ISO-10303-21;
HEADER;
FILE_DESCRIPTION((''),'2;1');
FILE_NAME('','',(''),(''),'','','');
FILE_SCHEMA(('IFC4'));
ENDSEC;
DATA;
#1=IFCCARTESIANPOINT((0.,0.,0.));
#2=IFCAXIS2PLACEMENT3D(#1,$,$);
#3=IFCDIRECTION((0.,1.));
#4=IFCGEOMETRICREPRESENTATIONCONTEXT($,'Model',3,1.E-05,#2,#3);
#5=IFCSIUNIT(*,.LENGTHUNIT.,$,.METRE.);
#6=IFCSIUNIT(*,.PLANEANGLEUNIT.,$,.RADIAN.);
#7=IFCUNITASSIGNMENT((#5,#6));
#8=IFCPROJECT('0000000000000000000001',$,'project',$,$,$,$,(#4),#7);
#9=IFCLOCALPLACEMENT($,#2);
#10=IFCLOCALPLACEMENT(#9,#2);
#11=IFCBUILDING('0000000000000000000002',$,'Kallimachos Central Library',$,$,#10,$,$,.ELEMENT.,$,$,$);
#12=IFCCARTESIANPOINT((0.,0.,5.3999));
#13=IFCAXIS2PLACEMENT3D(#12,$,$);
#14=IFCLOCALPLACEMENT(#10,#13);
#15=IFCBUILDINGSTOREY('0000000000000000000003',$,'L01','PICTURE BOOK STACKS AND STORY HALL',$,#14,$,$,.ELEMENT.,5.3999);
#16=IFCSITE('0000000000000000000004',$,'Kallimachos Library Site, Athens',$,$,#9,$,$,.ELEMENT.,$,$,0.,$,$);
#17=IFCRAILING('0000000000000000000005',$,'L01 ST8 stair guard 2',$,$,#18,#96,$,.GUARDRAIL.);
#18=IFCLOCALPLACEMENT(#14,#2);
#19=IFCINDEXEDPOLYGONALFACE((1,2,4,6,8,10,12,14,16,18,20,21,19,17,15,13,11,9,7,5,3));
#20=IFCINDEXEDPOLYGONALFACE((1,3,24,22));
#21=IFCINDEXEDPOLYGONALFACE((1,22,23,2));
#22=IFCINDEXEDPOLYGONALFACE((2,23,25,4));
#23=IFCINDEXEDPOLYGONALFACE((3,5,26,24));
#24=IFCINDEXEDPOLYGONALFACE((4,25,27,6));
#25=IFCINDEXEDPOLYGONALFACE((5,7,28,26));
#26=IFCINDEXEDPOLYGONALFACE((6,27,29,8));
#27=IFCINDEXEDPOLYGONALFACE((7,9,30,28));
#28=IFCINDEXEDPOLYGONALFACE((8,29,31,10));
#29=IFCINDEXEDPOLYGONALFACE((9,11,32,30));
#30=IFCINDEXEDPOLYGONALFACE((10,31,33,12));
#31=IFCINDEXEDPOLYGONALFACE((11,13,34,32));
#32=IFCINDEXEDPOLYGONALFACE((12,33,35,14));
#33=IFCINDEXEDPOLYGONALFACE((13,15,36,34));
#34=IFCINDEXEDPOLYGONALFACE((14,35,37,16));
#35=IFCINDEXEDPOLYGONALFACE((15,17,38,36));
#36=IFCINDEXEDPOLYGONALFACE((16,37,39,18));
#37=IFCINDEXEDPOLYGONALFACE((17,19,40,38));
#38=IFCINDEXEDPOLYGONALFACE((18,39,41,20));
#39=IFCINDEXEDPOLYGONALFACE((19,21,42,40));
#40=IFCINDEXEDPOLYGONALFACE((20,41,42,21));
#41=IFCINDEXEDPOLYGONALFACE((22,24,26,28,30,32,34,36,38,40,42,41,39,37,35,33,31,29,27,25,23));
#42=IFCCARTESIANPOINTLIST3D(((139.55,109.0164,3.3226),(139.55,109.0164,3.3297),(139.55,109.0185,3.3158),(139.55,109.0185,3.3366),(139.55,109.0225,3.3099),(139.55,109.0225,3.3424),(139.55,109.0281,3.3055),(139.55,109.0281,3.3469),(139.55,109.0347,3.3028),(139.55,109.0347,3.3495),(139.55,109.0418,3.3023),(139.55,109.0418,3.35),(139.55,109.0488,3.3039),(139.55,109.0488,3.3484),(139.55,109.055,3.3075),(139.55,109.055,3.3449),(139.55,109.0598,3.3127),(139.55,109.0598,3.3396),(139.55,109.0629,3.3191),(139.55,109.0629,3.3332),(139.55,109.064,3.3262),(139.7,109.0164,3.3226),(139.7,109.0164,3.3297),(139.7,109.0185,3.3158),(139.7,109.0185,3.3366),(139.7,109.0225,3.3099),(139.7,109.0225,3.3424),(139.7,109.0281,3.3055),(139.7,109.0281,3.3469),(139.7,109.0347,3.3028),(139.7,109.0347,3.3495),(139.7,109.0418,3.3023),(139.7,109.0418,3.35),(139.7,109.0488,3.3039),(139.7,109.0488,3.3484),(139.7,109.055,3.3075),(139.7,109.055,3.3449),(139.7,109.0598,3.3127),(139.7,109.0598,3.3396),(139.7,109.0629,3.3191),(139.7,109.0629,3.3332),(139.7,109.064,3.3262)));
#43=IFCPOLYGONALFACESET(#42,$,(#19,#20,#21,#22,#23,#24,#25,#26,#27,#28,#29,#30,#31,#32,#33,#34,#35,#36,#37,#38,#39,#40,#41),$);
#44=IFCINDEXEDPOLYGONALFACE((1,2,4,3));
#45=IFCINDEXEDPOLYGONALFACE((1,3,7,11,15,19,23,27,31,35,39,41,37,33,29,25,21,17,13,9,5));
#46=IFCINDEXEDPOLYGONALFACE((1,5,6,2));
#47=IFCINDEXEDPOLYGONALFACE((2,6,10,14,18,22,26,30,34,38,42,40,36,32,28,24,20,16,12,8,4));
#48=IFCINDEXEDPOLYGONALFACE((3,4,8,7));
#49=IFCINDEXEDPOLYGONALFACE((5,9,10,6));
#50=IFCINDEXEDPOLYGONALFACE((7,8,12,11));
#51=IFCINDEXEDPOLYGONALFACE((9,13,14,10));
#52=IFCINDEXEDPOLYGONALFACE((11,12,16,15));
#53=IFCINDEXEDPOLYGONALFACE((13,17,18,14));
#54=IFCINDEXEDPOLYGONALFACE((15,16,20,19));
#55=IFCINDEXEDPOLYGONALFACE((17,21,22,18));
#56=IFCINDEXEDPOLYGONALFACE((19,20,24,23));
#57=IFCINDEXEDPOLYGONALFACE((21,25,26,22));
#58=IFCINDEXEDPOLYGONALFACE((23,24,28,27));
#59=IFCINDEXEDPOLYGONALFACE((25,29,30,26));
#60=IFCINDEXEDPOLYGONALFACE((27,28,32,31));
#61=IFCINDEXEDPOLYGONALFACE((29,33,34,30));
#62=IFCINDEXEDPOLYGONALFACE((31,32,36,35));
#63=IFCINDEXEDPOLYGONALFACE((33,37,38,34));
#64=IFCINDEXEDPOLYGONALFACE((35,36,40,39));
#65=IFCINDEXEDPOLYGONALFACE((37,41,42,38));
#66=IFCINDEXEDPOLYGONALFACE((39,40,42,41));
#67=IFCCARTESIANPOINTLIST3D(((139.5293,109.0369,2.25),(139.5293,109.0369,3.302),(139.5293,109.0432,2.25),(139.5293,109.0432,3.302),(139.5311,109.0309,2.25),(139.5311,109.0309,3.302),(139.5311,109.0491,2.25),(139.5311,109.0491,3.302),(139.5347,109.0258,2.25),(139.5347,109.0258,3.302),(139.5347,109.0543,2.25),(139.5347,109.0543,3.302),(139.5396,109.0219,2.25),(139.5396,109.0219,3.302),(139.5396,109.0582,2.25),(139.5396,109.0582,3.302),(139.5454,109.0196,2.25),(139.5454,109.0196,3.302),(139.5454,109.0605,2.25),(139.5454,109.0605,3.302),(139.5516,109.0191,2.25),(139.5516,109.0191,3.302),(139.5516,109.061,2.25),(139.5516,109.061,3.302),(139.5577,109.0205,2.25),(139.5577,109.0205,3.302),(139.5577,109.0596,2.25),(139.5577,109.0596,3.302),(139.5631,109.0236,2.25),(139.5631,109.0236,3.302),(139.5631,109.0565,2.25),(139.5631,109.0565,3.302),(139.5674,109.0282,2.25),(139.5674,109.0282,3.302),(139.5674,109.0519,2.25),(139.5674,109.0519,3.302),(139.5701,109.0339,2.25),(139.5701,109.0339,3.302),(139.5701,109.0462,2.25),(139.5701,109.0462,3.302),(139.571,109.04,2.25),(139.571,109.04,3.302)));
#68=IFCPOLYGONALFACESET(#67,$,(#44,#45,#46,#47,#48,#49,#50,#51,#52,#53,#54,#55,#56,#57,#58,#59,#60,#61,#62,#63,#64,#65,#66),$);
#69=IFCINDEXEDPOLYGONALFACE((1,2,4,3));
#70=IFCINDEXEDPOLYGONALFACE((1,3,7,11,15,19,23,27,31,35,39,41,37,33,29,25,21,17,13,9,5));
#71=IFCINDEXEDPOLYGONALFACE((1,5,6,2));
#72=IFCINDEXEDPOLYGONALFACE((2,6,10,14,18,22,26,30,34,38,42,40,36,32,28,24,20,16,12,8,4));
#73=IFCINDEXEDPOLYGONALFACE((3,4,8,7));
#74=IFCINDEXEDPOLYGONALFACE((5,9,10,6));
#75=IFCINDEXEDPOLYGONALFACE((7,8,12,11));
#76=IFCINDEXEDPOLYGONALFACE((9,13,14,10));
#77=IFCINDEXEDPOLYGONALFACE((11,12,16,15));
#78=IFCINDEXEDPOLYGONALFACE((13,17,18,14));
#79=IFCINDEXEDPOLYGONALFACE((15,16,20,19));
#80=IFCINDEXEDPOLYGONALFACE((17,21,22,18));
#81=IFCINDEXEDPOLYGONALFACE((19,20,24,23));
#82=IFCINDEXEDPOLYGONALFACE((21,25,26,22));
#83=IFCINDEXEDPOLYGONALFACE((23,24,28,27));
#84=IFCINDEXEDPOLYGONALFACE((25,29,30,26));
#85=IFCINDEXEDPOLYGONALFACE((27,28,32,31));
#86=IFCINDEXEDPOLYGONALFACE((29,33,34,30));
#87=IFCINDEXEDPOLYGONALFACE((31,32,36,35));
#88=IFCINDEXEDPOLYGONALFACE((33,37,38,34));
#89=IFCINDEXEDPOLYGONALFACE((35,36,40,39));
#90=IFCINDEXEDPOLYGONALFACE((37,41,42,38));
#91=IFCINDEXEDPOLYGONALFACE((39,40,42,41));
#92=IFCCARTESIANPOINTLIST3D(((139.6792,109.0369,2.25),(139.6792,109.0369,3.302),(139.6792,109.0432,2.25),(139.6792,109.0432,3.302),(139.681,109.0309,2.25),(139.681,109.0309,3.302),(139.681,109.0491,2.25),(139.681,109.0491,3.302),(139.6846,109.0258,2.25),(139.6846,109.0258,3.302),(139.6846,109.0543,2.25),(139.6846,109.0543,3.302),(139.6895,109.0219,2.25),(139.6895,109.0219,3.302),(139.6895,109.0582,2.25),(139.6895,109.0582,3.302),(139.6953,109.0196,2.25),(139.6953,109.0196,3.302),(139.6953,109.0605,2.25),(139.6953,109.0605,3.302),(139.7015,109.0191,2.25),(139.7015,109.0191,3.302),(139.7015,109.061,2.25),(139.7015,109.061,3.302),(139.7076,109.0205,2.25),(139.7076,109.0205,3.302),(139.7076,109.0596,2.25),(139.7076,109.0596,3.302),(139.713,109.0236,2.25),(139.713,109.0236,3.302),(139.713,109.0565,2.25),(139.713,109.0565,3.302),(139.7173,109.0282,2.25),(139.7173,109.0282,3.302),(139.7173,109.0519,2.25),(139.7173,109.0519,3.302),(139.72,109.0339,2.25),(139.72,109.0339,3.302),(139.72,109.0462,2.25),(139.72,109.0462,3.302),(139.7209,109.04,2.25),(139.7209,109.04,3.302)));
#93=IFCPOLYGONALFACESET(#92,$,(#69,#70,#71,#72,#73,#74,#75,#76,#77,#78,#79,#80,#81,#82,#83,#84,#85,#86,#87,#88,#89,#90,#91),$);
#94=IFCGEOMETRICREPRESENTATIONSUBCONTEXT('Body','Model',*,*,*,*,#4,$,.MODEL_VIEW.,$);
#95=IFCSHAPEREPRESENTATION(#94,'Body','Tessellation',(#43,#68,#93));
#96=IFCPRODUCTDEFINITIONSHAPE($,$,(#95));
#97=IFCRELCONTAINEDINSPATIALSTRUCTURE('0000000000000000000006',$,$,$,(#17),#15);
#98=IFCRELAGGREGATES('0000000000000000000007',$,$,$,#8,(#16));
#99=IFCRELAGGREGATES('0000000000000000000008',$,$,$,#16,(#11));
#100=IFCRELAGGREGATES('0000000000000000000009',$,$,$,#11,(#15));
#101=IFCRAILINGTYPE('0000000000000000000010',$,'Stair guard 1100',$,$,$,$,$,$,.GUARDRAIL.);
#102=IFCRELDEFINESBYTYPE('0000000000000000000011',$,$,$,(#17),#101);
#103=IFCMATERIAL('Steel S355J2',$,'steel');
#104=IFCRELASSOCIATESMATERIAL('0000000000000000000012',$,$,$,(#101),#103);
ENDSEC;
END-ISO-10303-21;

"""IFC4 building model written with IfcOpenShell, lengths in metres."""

from ifc_helpers import new_model, si_unit, direction, frame, origin, origin_2d, place, context, subcontext, project, spatial, circle, extrude, material, type_object, element, save


model = new_model("IFC4")

# Units and contexts
model_context = context("Model", 3, precision=1e-05, world=origin(), true_north=direction((0.0, 1.0)))
body_context = subcontext(model_context, "Body", "Model", "MODEL_VIEW")
ifc_project = project(units=[si_unit("LENGTHUNIT", "METRE"), si_unit("PLANEANGLEUNIT", "RADIAN")], contexts=[model_context])

# Site, building, storey
site_placement = place(None, origin())
site = spatial("IfcSite", under=ifc_project, at=site_placement, Name="Kallimachos Library Site, Athens", CompositionType="ELEMENT", RefElevation=0.0)
building_placement = place(site_placement, origin())
building = spatial("IfcBuilding", under=site, at=building_placement, Name="Kallimachos Central Library", CompositionType="ELEMENT")
storey_placement = place(building_placement, frame((0.0, 0.0, 5.3999)))
storey = spatial("IfcBuildingStorey", under=building, at=storey_placement, Name="L01", Description="PICTURE BOOK STACKS AND STORY HALL", CompositionType="ELEMENT", Elevation=5.3999)

# Railing
ifc_material_1 = material(Name="Steel S355J2", Category="steel")
railing_type_1 = type_object("IfcRailingType", Name="Stair guard 1100", PredefinedType="GUARDRAIL", material=ifc_material_1)
railing_1_placement = place(storey_placement, frame((139.55, 109.04, 2.25)))
element("IfcRailing", 1, at=railing_1_placement, inside=storey, type_object=railing_type_1, Name="L01 ST8 stair guard 2", PredefinedType="GUARDRAIL", context=body_context, shape_type="SweptSolid", body=[
    extrude(circle(Radius=0.0239, at=origin_2d()), frame((0.0, 0.0, 1.0762), z_axis=(1.0, 0.0, 0.0), x_axis=(0.0, 1.0, 0.0)), (0.0, 0.0, 1.0), 0.1499),
    extrude(circle(Radius=0.021, at=origin_2d()), origin(), (0.0, 0.0, 1.0), 1.052),
    extrude(circle(Radius=0.021, at=origin_2d()), frame((0.1499, 0.0, 0.0)), (0.0, 0.0, 1.0), 1.052),
])

save(model, "model.ifc")
